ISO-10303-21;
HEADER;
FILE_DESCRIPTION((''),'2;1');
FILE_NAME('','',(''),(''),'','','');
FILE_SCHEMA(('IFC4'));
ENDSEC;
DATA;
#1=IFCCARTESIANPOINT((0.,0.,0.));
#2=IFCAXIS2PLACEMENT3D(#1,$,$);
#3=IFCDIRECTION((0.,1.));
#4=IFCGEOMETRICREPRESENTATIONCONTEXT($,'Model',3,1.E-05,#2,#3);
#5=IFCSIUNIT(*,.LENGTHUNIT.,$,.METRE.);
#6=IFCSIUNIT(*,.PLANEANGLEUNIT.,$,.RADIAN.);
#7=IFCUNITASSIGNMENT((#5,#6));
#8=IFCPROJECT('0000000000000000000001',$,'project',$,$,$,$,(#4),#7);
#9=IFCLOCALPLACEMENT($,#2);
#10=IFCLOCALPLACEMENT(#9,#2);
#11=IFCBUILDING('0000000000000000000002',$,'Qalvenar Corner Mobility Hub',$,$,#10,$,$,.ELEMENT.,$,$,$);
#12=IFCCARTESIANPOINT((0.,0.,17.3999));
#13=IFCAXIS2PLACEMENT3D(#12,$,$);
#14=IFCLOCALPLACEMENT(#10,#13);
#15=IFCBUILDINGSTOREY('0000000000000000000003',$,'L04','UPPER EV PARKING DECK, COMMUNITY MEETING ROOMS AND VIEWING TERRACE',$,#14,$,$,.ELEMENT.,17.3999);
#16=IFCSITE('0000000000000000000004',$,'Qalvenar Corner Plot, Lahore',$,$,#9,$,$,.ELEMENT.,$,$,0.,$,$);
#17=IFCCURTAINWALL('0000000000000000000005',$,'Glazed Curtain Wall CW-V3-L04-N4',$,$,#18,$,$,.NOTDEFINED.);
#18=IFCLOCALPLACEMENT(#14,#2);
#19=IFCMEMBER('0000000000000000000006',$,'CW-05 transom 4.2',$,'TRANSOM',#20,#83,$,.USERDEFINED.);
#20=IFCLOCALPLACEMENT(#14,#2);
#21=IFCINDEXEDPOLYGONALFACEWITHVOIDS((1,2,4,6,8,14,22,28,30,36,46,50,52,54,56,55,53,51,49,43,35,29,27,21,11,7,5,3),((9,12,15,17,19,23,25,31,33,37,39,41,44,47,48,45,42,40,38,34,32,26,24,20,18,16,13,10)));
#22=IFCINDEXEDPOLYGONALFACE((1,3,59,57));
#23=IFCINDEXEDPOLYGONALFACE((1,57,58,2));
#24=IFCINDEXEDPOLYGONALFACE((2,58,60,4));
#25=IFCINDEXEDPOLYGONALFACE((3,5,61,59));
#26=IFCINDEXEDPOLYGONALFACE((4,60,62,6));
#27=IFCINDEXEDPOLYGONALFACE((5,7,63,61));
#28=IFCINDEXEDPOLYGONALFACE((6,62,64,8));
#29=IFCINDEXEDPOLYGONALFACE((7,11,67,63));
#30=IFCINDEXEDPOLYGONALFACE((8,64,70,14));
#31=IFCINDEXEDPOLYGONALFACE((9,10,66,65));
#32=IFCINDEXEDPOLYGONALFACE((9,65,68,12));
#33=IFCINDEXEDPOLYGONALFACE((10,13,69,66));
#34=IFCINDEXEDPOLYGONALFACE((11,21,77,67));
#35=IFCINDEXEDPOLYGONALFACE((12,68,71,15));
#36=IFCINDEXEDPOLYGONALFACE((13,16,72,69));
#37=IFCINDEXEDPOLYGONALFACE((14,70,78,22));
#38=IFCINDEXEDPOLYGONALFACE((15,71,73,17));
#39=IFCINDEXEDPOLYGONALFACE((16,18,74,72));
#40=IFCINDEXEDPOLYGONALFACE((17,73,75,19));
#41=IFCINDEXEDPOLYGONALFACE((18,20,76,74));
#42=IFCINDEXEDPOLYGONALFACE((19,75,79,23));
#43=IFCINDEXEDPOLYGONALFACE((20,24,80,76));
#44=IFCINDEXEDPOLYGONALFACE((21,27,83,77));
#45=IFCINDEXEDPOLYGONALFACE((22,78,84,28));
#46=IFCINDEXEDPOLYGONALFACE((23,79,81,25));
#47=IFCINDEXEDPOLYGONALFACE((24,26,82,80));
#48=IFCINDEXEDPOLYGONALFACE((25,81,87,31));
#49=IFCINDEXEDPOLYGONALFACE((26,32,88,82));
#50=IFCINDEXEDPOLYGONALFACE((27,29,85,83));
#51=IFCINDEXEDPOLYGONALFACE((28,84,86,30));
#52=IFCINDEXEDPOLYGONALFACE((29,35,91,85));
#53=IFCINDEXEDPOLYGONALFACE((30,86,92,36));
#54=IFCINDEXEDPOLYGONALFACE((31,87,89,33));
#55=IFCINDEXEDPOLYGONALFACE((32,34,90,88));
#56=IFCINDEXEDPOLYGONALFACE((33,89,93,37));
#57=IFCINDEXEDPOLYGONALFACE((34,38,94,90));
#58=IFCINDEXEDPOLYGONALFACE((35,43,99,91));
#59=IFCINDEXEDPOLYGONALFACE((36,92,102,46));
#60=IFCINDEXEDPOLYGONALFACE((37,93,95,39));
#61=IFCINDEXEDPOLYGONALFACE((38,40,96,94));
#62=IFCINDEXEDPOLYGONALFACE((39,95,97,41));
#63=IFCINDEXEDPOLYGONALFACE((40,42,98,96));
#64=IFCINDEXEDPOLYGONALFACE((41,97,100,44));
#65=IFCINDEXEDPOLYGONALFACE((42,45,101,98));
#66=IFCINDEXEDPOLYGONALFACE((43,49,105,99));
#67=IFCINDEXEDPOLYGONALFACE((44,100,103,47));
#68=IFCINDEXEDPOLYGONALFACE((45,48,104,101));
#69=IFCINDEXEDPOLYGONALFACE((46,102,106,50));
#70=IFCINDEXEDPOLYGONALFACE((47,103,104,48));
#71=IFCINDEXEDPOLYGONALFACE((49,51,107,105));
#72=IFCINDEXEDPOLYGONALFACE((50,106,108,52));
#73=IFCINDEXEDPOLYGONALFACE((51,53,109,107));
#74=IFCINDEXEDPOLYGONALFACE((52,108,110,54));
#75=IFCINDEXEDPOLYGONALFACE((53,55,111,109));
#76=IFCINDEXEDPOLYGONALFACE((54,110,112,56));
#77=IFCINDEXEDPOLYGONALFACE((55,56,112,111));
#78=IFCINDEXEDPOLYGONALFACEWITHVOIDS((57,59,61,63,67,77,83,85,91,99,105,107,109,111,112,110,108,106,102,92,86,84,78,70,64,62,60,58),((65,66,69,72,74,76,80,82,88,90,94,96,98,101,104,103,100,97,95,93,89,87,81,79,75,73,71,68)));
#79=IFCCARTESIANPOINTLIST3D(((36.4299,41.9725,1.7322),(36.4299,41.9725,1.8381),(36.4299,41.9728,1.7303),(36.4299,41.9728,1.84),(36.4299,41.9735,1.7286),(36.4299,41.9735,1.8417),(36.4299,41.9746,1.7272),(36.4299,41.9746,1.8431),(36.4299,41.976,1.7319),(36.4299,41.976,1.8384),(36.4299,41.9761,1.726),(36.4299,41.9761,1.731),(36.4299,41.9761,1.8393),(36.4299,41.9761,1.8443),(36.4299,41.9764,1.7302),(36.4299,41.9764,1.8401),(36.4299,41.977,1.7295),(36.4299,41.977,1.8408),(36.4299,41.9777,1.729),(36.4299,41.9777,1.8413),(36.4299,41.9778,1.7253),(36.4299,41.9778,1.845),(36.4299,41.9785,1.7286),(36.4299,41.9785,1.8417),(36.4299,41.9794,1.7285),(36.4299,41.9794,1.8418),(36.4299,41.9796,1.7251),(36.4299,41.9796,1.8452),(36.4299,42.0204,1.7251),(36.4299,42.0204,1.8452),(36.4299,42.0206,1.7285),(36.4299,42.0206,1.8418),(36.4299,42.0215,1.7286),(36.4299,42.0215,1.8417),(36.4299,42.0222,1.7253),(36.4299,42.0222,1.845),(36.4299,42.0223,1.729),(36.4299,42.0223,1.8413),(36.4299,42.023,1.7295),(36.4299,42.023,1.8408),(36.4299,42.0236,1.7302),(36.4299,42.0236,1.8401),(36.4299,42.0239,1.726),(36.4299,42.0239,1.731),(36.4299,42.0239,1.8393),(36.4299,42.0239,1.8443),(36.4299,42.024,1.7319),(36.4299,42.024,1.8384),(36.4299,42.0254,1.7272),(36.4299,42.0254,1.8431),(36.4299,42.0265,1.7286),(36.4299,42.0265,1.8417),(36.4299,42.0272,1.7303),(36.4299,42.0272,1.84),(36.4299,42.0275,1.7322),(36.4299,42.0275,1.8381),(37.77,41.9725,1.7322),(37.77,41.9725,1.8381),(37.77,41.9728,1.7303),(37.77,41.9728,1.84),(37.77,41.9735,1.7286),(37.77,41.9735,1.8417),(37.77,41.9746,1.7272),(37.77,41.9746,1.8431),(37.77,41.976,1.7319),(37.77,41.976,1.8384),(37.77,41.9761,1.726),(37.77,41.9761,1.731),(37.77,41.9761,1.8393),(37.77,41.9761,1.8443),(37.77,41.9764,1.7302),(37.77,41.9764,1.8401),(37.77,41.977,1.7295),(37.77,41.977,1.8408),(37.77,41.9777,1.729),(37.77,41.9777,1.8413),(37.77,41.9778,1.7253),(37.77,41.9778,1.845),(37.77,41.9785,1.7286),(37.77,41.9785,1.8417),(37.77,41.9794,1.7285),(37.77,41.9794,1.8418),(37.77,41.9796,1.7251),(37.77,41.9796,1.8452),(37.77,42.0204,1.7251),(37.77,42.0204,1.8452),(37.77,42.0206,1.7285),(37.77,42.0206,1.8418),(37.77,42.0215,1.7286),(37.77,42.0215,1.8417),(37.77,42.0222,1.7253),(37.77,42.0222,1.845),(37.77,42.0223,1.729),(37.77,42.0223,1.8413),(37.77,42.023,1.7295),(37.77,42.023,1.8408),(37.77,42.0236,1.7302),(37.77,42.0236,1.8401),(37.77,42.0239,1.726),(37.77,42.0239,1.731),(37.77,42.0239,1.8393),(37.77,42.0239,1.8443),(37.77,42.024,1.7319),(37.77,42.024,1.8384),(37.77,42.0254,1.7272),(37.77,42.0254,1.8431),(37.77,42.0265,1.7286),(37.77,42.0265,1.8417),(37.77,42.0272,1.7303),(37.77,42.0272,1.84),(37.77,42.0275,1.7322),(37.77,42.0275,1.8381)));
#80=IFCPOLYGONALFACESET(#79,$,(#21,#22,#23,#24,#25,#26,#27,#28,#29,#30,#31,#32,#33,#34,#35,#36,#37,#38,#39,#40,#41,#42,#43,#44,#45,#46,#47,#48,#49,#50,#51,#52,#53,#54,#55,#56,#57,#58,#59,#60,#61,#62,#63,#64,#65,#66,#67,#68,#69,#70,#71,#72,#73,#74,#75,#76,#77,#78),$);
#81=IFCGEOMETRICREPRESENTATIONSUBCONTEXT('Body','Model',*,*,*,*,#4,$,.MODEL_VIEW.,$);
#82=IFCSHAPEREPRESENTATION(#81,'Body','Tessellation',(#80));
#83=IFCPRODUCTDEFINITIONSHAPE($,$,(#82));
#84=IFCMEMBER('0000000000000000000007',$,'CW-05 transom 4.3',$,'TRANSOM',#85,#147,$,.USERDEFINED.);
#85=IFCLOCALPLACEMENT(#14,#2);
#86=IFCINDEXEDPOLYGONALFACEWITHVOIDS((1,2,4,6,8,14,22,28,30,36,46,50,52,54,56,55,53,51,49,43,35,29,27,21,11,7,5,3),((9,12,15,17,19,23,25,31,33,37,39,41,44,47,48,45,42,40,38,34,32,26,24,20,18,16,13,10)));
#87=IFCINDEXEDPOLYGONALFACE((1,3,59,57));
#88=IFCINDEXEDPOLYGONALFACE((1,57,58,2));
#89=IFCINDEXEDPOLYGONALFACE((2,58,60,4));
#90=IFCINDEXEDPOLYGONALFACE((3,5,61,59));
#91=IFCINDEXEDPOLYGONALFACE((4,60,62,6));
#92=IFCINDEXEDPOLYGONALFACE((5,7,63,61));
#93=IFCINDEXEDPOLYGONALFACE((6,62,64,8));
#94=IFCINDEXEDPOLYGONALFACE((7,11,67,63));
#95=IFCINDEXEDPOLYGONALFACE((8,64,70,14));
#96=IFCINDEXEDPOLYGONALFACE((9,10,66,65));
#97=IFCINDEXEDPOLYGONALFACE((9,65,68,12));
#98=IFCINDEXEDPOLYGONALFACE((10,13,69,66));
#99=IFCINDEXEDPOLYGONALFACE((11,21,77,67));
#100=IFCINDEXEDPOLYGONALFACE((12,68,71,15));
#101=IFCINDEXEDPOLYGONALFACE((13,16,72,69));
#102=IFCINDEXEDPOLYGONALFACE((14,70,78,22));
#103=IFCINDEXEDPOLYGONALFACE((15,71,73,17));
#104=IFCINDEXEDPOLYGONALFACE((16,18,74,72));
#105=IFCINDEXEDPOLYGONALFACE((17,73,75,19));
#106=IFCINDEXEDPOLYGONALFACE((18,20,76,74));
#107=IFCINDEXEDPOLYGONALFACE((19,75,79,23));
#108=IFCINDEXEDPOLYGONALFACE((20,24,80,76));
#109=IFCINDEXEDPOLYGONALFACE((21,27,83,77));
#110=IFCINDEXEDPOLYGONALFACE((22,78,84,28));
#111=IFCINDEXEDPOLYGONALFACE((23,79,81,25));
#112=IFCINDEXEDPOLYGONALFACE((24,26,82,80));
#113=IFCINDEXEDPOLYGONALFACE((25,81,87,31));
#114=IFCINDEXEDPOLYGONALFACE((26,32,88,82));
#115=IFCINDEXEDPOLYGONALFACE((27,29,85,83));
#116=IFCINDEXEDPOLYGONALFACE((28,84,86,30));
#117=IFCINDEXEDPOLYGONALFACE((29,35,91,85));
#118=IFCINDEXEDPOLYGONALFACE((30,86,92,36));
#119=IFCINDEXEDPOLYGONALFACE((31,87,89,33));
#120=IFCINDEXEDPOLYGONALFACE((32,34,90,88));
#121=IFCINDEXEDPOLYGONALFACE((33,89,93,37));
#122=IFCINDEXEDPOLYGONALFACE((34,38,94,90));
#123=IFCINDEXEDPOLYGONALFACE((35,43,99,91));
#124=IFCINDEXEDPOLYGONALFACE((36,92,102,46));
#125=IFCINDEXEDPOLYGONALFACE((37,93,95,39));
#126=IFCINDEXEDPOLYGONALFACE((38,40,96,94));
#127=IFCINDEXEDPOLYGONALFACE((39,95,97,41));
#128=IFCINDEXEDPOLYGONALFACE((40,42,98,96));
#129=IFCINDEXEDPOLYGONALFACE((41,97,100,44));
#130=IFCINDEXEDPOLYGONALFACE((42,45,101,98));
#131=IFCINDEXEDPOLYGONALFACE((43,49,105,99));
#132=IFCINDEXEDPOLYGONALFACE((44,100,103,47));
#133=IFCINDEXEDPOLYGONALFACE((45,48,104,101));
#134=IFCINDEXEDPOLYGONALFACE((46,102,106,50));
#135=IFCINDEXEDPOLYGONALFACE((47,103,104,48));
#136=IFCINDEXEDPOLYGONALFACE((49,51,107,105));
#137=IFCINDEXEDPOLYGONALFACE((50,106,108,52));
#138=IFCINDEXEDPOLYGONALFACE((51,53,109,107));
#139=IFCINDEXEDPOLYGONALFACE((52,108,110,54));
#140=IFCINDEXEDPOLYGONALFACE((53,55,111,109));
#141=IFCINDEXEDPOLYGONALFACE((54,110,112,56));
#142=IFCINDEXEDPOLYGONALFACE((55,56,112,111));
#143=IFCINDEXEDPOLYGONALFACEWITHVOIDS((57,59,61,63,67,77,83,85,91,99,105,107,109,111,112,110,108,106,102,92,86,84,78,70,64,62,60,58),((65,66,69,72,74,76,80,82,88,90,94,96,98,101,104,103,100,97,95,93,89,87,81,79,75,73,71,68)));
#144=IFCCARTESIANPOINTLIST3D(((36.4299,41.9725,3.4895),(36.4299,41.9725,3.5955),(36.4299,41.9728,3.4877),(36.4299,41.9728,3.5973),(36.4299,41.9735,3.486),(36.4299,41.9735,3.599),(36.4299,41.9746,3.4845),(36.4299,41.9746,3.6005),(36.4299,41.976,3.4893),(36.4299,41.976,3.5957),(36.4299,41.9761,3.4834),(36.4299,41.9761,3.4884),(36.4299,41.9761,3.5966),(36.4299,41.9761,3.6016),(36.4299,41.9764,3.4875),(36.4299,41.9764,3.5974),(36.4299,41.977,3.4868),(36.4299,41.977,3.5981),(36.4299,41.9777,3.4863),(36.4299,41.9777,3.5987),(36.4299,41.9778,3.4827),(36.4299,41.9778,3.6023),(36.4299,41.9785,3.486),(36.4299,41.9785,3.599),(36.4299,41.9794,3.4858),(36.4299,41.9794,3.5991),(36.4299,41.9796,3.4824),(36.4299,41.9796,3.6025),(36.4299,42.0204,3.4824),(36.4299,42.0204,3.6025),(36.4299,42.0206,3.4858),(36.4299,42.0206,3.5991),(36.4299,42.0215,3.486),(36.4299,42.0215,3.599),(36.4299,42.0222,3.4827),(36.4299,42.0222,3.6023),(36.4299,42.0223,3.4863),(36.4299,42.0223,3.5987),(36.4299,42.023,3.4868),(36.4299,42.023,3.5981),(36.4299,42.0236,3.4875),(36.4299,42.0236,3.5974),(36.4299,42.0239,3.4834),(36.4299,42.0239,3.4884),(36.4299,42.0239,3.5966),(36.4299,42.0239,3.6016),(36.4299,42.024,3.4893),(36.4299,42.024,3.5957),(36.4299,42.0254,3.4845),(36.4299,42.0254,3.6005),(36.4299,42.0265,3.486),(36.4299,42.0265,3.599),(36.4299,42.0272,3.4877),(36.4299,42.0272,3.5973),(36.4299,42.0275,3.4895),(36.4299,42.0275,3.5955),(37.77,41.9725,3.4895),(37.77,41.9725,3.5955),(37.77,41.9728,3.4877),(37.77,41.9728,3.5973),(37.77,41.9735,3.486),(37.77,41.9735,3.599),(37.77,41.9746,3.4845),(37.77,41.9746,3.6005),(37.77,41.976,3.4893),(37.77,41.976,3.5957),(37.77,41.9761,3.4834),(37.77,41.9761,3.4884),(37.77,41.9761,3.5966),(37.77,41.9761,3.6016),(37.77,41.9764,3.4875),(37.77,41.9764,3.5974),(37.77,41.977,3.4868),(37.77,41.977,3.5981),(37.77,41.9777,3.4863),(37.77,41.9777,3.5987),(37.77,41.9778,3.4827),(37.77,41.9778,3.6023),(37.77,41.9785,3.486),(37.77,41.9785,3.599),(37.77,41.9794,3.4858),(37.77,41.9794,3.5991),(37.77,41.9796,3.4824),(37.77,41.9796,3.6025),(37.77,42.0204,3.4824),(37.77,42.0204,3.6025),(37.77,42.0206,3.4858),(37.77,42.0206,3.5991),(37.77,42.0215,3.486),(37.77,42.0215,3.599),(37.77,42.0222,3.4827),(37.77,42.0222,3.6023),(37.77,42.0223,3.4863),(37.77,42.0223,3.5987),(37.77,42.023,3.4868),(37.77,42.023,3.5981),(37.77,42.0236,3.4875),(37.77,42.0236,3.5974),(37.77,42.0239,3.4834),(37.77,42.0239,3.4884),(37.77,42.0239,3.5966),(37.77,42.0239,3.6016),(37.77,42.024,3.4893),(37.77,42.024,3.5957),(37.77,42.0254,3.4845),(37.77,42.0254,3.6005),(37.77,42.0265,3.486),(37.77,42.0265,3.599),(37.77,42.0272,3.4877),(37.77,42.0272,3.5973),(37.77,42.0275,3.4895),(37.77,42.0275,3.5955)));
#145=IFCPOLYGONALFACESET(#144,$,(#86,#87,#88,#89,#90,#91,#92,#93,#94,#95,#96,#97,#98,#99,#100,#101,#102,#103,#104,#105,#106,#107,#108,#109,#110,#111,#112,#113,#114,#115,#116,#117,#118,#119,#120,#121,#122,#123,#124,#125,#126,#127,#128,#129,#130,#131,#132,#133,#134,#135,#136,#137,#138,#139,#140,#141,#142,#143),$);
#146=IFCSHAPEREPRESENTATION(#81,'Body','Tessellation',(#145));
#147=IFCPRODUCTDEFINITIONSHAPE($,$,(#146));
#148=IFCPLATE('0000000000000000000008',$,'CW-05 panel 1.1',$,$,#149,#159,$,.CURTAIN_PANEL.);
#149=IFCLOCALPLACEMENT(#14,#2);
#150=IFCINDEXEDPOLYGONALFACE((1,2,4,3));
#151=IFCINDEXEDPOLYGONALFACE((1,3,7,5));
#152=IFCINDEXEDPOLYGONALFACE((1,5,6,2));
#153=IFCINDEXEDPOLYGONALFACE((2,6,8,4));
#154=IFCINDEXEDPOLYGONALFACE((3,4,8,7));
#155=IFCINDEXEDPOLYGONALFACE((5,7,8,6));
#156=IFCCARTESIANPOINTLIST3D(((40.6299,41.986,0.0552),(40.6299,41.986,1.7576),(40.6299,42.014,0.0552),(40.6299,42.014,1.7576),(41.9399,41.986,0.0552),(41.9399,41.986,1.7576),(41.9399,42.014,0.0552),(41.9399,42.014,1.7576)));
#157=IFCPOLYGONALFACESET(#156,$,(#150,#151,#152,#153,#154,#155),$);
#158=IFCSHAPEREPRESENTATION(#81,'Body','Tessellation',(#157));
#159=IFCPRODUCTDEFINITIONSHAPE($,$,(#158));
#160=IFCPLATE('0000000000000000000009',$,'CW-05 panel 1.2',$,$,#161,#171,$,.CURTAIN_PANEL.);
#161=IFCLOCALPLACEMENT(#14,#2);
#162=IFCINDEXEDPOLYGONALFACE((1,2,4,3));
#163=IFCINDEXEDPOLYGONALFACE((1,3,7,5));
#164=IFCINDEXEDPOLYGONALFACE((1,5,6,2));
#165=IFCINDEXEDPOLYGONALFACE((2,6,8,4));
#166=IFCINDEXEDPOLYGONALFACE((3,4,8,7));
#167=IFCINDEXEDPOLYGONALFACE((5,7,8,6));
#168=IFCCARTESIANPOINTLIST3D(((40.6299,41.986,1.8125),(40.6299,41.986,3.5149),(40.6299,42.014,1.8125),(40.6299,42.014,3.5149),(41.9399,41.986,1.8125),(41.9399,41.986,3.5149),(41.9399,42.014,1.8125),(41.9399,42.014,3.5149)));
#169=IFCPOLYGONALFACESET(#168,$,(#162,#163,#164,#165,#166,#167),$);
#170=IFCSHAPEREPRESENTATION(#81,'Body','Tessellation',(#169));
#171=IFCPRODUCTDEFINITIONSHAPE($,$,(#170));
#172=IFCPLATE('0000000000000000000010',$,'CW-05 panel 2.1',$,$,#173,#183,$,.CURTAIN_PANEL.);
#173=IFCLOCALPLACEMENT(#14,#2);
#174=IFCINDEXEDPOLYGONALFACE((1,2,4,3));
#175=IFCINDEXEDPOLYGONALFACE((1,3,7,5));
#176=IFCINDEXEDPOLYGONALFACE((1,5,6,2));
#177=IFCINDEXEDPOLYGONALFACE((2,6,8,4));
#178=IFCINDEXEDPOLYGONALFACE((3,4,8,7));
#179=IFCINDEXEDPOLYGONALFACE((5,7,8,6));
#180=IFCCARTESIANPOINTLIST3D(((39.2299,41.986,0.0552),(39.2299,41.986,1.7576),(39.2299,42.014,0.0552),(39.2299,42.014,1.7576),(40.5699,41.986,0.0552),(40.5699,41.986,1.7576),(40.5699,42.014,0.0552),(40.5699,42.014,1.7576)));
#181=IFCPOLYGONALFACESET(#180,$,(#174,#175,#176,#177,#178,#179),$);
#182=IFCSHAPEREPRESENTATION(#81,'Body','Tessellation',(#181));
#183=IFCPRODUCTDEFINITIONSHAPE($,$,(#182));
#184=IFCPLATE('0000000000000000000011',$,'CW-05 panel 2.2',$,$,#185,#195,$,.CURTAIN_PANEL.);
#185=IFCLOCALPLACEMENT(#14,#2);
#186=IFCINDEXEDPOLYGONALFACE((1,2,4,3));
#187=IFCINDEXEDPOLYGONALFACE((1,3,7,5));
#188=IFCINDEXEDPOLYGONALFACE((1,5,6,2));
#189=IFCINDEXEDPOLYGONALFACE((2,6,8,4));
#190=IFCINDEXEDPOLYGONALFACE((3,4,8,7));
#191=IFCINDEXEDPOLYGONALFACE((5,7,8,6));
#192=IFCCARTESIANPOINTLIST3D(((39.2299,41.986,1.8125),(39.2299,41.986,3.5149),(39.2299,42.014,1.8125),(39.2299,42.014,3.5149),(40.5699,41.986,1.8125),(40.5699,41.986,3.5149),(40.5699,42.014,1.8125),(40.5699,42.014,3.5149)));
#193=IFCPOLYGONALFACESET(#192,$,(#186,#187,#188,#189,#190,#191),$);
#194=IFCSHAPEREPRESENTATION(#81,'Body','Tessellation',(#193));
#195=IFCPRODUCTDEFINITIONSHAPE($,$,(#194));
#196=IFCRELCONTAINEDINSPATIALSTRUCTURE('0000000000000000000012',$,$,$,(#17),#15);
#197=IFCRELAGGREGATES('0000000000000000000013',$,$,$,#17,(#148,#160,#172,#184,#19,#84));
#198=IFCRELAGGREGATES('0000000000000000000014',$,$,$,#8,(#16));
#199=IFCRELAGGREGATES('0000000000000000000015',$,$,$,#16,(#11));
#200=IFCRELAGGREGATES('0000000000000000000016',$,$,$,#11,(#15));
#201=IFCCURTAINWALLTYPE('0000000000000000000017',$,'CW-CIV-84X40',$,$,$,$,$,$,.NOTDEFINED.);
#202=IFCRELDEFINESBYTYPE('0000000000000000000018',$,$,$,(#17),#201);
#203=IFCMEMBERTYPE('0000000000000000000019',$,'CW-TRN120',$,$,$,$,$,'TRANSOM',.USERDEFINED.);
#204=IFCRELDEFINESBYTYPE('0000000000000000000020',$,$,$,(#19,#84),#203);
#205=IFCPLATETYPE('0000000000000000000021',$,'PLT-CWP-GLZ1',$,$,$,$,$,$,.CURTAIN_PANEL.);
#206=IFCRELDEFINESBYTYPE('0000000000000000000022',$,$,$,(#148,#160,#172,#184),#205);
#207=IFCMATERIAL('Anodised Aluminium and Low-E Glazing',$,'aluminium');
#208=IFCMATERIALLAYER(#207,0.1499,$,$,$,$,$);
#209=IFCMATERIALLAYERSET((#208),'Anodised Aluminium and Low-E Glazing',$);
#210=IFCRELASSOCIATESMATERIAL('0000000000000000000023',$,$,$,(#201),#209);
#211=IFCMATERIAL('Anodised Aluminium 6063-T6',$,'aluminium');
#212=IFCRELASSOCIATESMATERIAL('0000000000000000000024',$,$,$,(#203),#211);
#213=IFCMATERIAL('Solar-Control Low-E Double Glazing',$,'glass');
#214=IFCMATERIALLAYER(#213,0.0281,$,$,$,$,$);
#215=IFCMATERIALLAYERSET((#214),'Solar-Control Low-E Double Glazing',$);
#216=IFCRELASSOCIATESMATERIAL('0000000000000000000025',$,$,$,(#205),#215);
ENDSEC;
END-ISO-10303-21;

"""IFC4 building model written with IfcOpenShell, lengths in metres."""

from ifc_helpers import new_model, si_unit, direction, frame, origin, origin_2d, place, context, subcontext, project, spatial, rectangle, hollow_rectangle, extrude, material, layer, layer_set, material_profile, profile_set, type_object, element, aggregate, save


model = new_model("IFC4")

# Units and contexts
model_context = context("Model", 3, precision=1e-05, world=origin(), true_north=direction((0.0, 1.0)))
body_context = subcontext(model_context, "Body", "Model", "MODEL_VIEW")
ifc_project = project(units=[si_unit("LENGTHUNIT", "METRE"), si_unit("PLANEANGLEUNIT", "RADIAN")], contexts=[model_context])

# Site, building, storey
site_placement = place(None, origin())
site = spatial("IfcSite", under=ifc_project, at=site_placement, Name="Qalvenar Corner Plot, Lahore", CompositionType="ELEMENT", RefElevation=0.0)
building_placement = place(site_placement, origin())
building = spatial("IfcBuilding", under=site, at=building_placement, Name="Qalvenar Corner Mobility Hub", CompositionType="ELEMENT")
storey_placement = place(building_placement, frame((0.0, 0.0, 17.3999)))
storey = spatial("IfcBuildingStorey", under=building, at=storey_placement, Name="L04", Description="UPPER EV PARKING DECK, COMMUNITY MEETING ROOMS AND VIEWING TERRACE", CompositionType="ELEMENT", Elevation=17.3999)

# Curtain wall, members, plates
ifc_material_1 = material(Name="Anodised Aluminium and Low-E Glazing", Category="aluminium")
ifc_layer_1 = layer(ifc_material_1, 0.1499)
ifc_layer_set_1 = layer_set([ifc_layer_1], Name="Anodised Aluminium and Low-E Glazing")
curtain_wall_type = type_object("IfcCurtainWallType", Name="CW-CIV-84X40", PredefinedType="NOTDEFINED", material=ifc_layer_set_1)
curtain_wall_placement = place(storey_placement, origin())
curtain_wall = element("IfcCurtainWall", 1, at=curtain_wall_placement, inside=storey, type_object=curtain_wall_type, Name="Glazed Curtain Wall CW-V3-L04-N4", PredefinedType="NOTDEFINED")
ifc_material_2 = material(Name="Anodised Aluminium 6063-T6", Category="aluminium")
ifc_material_profile_1 = material_profile(ifc_material_2, hollow_rectangle(XDim=0.0549, YDim=0.1201, WallThickness=0.0034, InnerFilletRadius=0.0034, OuterFilletRadius=0.0071, at=origin_2d()), Name="RHS120x55x3.5")
ifc_profile_set_1 = profile_set([ifc_material_profile_1], Name="Anodised Aluminium 6063-T6")
member_type_1 = type_object("IfcMemberType", Name="CW-TRN120", ElementType="TRANSOM", PredefinedType="USERDEFINED", material=ifc_profile_set_1)
member_1_placement = place(storey_placement, frame((37.77, 42.0, 1.7852), z_axis=(-1.0, 0.0, 0.0), x_axis=(0.0, -1.0, 0.0)))
member_1 = element("IfcMember", 2, at=member_1_placement, type_object=member_type_1, Name="CW-05 transom 4.2", ObjectType="TRANSOM", PredefinedType="USERDEFINED", context=body_context, shape_type="SweptSolid", body=[
    extrude(hollow_rectangle(XDim=0.0549, YDim=0.1201, WallThickness=0.0034, InnerFilletRadius=0.0034, OuterFilletRadius=0.0071, at=origin_2d()), origin(), (0.0, 0.0, 1.0), 1.3401),
])
member_2_placement = place(storey_placement, frame((37.77, 42.0, 3.5425), z_axis=(-1.0, 0.0, 0.0), x_axis=(0.0, -1.0, 0.0)))
member_2 = element("IfcMember", 3, at=member_2_placement, type_object=member_type_1, Name="CW-05 transom 4.3", ObjectType="TRANSOM", PredefinedType="USERDEFINED", context=body_context, shape_type="SweptSolid", body=[
    extrude(hollow_rectangle(XDim=0.0549, YDim=0.1201, WallThickness=0.0034, InnerFilletRadius=0.0034, OuterFilletRadius=0.0071, at=origin_2d()), origin(), (0.0, 0.0, 1.0), 1.3401),
])
ifc_material_3 = material(Name="Solar-Control Low-E Double Glazing", Category="glass")
ifc_layer_2 = layer(ifc_material_3, 0.0281)
ifc_layer_set_2 = layer_set([ifc_layer_2], Name="Solar-Control Low-E Double Glazing")
plate_type_1 = type_object("IfcPlateType", Name="PLT-CWP-GLZ1", PredefinedType="CURTAIN_PANEL", material=ifc_layer_set_2)
plate_1_placement = place(storey_placement, frame((41.2849, 42.0, 0.0552), z_axis=(0.0, 0.0, 1.0), x_axis=(-1.0, 0.0, 0.0)))
plate_1 = element("IfcPlate", 4, at=plate_1_placement, type_object=plate_type_1, Name="CW-05 panel 1.1", PredefinedType="CURTAIN_PANEL", context=body_context, shape_type="SweptSolid", body=[
    extrude(rectangle(XDim=1.3101, YDim=0.0281, at=origin_2d()), origin(), (0.0, 0.0, 1.0), 1.7024),
])
plate_2_placement = place(storey_placement, frame((41.2849, 42.0, 1.8125), z_axis=(0.0, 0.0, 1.0), x_axis=(-1.0, 0.0, 0.0)))
plate_2 = element("IfcPlate", 5, at=plate_2_placement, type_object=plate_type_1, Name="CW-05 panel 1.2", PredefinedType="CURTAIN_PANEL", context=body_context, shape_type="SweptSolid", body=[
    extrude(rectangle(XDim=1.3101, YDim=0.0281, at=origin_2d()), origin(), (0.0, 0.0, 1.0), 1.7024),
])
plate_3_placement = place(storey_placement, frame((39.8999, 42.0, 0.0552), z_axis=(0.0, 0.0, 1.0), x_axis=(-1.0, 0.0, 0.0)))
plate_3 = element("IfcPlate", 6, at=plate_3_placement, type_object=plate_type_1, Name="CW-05 panel 2.1", PredefinedType="CURTAIN_PANEL", context=body_context, shape_type="SweptSolid", body=[
    extrude(rectangle(XDim=1.3401, YDim=0.0281, at=origin_2d()), origin(), (0.0, 0.0, 1.0), 1.7024),
])
plate_4_placement = place(storey_placement, frame((39.8999, 42.0, 1.8125), z_axis=(0.0, 0.0, 1.0), x_axis=(-1.0, 0.0, 0.0)))
plate_4 = element("IfcPlate", 7, at=plate_4_placement, type_object=plate_type_1, Name="CW-05 panel 2.2", PredefinedType="CURTAIN_PANEL", context=body_context, shape_type="SweptSolid", body=[
    extrude(rectangle(XDim=1.3401, YDim=0.0281, at=origin_2d()), origin(), (0.0, 0.0, 1.0), 1.7024),
])
aggregate(curtain_wall, [plate_1, plate_2, plate_3, plate_4, member_1, member_2])

save(model, "model.ifc")
